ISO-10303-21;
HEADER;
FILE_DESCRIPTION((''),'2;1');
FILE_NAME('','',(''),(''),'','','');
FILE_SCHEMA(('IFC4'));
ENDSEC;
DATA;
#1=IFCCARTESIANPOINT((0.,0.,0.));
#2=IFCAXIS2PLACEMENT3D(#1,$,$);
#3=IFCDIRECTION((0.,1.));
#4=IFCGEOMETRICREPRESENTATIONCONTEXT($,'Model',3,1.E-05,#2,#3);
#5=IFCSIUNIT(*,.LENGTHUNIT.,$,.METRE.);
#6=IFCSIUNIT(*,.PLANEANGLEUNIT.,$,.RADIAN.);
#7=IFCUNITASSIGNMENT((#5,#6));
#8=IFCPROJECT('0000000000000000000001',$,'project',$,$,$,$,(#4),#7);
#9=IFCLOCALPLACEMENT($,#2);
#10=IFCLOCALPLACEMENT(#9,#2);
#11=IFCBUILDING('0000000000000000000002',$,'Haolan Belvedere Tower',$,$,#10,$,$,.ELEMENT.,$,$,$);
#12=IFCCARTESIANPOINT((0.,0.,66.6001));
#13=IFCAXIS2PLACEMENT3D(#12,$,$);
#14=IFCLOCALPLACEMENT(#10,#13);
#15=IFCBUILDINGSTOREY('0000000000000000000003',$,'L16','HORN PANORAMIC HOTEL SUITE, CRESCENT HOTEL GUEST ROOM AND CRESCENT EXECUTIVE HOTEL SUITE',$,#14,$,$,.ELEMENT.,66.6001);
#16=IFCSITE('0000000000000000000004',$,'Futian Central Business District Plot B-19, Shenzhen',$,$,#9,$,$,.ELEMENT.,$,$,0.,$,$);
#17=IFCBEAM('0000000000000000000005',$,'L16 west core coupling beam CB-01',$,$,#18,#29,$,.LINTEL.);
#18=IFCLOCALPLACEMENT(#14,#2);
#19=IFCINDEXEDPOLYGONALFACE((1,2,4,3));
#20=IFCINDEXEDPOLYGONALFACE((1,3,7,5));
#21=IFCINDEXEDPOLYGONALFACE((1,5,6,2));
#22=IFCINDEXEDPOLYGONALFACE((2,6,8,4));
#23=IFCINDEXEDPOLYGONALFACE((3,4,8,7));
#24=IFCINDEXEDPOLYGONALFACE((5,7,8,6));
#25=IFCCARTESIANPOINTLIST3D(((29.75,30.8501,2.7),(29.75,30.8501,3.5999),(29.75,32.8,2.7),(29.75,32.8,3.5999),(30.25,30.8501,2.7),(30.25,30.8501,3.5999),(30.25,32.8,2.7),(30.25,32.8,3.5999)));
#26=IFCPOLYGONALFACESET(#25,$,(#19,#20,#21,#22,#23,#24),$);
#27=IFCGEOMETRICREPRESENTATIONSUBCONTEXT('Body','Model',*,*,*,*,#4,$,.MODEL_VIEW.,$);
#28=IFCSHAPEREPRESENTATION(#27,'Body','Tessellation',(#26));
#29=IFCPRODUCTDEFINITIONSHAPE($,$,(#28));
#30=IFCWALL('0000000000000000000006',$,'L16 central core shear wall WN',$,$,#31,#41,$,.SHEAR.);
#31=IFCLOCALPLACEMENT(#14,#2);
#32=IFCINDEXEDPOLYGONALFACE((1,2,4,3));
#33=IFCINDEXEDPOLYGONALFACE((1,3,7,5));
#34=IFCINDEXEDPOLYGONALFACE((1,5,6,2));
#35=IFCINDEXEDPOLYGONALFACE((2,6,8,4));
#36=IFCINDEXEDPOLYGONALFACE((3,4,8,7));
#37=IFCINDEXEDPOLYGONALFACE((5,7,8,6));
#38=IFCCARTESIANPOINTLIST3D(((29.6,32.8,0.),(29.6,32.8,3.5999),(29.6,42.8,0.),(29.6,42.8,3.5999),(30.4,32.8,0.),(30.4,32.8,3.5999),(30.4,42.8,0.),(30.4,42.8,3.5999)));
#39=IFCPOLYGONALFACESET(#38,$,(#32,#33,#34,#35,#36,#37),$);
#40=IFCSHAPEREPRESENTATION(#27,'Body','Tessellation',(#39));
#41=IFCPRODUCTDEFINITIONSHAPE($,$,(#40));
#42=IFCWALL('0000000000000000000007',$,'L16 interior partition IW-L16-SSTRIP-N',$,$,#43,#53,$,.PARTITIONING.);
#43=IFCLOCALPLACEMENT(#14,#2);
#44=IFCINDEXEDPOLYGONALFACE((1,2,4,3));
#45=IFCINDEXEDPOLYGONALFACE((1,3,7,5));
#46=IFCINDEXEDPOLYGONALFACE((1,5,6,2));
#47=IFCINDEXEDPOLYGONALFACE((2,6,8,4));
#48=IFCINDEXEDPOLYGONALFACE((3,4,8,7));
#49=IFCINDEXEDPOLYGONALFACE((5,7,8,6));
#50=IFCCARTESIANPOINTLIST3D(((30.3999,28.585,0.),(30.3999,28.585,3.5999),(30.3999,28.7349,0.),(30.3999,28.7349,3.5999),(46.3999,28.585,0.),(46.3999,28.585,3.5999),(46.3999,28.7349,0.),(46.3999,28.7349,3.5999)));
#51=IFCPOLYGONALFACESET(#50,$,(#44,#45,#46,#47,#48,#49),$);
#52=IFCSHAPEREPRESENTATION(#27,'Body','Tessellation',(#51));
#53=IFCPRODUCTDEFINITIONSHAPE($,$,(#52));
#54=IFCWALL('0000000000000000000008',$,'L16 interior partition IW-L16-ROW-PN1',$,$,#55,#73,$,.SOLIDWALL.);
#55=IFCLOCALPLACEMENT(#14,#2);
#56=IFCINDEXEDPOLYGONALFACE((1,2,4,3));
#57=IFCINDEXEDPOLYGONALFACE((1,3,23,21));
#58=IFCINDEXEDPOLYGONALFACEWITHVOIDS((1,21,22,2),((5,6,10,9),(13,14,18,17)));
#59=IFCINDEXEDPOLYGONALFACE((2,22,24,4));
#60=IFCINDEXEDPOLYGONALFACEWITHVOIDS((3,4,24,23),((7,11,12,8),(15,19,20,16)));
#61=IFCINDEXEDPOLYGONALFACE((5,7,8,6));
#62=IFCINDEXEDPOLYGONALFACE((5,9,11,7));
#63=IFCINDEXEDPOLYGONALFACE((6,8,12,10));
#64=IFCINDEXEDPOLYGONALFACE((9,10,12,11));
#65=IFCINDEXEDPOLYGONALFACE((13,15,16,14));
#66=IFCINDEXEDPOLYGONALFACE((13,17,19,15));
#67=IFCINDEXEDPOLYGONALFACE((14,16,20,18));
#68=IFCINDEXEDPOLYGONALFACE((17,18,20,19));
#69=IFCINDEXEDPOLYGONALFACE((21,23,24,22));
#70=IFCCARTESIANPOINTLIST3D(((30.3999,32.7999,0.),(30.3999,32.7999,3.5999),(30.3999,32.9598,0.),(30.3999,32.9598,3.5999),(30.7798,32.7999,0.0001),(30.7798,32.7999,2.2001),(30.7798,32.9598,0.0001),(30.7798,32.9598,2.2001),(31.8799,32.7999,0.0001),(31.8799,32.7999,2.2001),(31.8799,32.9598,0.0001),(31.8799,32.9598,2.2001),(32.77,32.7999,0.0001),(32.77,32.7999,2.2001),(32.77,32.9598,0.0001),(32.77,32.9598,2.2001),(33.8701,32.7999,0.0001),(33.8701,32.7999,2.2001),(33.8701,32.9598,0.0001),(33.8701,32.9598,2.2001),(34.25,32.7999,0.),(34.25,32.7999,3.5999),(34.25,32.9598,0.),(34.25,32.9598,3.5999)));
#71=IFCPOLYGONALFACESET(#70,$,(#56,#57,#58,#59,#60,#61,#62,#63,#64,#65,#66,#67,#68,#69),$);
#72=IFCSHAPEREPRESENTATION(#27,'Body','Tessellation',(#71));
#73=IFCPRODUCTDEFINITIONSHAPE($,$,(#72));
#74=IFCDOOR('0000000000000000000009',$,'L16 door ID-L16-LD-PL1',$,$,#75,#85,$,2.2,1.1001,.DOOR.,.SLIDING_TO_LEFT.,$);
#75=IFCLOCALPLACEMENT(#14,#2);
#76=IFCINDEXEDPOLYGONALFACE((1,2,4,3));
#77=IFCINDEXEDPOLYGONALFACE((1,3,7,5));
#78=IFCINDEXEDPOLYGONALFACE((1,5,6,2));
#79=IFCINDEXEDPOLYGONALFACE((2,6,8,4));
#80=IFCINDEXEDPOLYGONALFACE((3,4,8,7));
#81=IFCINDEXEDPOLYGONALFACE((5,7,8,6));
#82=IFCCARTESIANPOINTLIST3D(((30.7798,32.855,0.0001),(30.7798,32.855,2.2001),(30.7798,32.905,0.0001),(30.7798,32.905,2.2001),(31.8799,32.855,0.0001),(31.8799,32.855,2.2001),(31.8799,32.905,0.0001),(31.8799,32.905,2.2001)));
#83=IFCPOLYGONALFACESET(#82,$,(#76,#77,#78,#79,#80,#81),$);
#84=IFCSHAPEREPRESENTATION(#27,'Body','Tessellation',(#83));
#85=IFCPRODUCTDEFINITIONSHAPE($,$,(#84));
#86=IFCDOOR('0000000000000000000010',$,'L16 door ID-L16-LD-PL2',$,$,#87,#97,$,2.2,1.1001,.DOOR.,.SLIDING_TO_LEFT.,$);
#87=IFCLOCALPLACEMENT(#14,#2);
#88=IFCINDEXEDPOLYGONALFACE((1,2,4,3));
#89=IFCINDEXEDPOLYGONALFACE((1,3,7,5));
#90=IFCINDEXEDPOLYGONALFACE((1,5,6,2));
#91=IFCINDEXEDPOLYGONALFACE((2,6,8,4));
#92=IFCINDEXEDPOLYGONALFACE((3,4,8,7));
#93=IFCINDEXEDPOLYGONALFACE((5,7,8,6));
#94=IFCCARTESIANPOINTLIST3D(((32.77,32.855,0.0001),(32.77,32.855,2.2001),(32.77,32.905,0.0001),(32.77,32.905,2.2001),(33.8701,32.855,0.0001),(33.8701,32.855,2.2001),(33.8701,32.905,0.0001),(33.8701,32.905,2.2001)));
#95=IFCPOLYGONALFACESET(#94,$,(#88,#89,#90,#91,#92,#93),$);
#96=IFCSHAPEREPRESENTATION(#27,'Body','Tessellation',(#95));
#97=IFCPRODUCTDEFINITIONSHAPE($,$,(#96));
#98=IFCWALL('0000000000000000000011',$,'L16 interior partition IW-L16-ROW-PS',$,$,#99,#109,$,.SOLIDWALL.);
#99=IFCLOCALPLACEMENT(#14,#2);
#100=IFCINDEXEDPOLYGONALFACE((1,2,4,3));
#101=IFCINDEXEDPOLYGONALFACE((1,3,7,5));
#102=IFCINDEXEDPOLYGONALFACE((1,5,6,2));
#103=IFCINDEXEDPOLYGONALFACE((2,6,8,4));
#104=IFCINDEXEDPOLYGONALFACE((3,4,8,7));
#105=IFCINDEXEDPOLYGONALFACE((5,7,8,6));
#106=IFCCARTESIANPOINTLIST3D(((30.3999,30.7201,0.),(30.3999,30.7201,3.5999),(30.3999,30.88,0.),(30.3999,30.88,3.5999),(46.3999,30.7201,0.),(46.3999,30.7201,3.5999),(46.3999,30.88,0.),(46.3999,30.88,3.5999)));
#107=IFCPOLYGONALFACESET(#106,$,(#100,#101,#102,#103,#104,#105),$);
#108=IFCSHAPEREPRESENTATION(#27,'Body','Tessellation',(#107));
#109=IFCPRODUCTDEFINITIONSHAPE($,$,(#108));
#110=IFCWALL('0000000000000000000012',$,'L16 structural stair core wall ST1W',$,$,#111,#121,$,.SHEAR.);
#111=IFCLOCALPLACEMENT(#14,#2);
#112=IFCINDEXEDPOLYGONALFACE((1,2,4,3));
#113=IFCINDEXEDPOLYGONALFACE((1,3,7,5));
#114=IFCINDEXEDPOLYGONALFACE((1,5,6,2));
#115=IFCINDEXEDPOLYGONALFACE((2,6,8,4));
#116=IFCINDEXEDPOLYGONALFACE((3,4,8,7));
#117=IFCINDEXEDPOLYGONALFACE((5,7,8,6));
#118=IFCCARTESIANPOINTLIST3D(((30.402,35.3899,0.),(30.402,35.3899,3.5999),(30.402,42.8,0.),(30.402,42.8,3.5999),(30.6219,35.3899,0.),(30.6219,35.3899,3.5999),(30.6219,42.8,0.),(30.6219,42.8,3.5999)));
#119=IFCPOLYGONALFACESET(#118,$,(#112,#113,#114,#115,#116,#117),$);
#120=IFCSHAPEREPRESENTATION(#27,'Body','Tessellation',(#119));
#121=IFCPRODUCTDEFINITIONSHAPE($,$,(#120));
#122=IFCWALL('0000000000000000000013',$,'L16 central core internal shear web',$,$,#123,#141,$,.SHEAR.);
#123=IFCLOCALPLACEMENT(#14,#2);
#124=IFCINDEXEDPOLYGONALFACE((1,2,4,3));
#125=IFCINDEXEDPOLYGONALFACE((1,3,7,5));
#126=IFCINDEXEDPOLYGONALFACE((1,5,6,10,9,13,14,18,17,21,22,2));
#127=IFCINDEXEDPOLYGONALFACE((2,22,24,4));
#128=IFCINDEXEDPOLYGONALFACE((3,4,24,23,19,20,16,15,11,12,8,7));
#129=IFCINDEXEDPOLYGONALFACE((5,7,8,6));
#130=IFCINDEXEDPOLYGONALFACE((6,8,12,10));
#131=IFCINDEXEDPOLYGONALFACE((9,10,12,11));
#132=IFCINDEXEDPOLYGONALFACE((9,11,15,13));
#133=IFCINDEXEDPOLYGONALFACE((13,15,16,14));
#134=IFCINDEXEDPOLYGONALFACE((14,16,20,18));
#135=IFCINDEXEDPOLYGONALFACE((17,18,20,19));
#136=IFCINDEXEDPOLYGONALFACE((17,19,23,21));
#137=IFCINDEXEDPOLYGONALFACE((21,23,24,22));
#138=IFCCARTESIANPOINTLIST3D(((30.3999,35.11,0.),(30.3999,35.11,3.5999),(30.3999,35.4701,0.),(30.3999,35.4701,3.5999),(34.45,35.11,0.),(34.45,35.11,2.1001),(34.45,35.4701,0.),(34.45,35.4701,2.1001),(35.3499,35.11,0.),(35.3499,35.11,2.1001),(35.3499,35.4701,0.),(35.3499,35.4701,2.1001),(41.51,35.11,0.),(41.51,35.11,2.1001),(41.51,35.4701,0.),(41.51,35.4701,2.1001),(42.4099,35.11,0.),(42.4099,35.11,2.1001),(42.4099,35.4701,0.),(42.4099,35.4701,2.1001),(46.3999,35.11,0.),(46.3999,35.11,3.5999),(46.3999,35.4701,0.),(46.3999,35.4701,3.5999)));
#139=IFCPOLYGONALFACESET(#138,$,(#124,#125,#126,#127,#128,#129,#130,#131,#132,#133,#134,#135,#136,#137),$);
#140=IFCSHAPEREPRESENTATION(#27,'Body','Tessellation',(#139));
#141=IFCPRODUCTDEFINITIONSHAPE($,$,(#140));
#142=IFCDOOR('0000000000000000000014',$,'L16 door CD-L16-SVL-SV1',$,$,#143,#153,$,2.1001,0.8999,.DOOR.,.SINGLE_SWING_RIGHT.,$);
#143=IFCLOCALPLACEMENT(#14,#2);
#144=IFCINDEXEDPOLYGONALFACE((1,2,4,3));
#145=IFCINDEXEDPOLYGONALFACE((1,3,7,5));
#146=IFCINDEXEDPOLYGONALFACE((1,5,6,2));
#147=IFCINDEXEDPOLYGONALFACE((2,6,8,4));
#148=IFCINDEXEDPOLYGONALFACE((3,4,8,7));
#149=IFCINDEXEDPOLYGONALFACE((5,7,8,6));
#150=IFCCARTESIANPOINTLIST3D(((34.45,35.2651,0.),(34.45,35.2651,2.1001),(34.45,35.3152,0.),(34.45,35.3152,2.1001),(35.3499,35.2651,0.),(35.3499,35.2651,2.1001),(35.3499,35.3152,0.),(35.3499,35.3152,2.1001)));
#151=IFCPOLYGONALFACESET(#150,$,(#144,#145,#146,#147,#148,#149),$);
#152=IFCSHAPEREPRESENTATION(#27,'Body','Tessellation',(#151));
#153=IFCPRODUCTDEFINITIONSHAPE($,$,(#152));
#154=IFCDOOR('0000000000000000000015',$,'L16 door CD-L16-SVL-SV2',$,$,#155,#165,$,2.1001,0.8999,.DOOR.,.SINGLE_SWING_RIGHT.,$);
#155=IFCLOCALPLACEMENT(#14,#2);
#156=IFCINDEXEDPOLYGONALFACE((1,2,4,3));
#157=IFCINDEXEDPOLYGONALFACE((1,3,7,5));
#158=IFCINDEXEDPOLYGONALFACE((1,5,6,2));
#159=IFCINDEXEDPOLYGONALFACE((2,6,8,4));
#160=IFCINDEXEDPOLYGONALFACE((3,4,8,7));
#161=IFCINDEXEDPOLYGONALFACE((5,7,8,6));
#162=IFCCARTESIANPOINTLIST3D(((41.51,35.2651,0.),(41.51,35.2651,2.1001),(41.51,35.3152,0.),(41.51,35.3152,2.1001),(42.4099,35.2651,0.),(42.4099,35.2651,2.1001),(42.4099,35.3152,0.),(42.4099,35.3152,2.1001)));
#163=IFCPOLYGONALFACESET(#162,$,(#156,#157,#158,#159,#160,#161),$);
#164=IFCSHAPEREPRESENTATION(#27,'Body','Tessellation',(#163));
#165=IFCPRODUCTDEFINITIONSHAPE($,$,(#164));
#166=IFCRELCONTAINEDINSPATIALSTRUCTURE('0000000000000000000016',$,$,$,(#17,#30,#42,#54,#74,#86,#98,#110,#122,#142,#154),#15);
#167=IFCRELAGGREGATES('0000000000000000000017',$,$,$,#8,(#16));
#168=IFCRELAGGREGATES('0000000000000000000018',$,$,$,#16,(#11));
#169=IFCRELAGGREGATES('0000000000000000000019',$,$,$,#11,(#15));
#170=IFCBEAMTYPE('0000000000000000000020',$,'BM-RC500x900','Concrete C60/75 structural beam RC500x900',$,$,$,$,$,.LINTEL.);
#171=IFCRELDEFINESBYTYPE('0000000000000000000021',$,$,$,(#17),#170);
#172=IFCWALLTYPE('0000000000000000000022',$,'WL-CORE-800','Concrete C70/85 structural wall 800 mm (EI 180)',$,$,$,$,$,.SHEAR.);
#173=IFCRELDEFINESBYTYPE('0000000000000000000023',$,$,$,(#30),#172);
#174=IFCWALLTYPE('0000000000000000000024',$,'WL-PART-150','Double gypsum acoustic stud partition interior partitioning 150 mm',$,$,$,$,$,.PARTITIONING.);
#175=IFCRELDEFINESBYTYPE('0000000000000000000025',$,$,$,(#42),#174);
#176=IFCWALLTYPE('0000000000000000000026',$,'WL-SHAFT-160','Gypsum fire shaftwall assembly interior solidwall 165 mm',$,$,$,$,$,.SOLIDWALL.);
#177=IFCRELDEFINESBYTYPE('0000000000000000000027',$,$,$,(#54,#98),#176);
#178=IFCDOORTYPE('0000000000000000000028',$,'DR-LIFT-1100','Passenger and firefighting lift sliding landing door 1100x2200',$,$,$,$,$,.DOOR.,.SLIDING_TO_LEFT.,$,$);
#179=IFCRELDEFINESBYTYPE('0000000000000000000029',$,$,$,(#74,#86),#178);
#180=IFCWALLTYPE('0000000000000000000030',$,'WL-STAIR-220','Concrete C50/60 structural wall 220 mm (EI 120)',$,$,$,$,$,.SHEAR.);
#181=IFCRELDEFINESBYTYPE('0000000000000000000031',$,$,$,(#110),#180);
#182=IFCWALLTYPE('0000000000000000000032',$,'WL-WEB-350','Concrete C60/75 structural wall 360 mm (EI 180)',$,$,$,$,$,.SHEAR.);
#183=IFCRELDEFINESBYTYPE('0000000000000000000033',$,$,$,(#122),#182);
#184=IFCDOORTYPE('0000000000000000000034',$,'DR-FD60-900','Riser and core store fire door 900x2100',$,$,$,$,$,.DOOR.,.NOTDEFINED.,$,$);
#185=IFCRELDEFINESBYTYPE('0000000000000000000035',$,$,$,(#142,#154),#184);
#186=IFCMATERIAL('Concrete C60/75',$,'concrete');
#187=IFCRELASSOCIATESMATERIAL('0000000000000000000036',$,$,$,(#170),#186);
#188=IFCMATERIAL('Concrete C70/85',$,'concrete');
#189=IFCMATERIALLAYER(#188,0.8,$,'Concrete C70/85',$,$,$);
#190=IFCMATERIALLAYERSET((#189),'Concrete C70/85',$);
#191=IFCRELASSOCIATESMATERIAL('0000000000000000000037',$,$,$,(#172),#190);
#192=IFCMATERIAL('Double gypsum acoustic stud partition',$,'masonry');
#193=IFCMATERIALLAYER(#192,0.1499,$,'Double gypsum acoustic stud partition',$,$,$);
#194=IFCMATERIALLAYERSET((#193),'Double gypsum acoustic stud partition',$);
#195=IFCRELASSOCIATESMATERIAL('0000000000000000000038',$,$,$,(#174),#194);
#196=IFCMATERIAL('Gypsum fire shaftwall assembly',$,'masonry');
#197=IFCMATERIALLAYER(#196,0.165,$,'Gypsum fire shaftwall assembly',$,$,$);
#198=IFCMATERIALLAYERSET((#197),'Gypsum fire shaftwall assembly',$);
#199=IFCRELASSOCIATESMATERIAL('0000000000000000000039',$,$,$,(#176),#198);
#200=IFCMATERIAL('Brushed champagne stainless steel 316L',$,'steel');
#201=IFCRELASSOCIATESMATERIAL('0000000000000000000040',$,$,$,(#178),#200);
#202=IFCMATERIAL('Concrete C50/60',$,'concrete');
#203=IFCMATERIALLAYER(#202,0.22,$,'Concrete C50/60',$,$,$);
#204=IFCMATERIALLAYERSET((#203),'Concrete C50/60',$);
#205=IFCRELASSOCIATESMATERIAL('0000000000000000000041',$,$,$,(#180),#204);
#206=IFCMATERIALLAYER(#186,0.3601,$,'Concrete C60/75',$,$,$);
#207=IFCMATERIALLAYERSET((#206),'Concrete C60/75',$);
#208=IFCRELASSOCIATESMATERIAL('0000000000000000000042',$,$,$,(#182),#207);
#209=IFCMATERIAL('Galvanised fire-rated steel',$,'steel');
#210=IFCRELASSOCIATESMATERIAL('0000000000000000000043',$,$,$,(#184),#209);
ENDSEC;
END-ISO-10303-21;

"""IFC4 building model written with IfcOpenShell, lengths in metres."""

from ifc_helpers import new_model, si_unit, direction, frame, frame_2d, origin, origin_2d, place, context, subcontext, project, spatial, rectangle, extrude, material, layer, layer_set, material_profile, profile_set, type_object, element, fill, save


model = new_model("IFC4")

# Units and contexts
model_context = context("Model", 3, precision=1e-05, world=origin(), true_north=direction((0.0, 1.0)))
body_context = subcontext(model_context, "Body", "Model", "MODEL_VIEW")
ifc_project = project(units=[si_unit("LENGTHUNIT", "METRE"), si_unit("PLANEANGLEUNIT", "RADIAN")], contexts=[model_context])

# Site, building, storey
site_placement = place(None, origin())
site = spatial("IfcSite", under=ifc_project, at=site_placement, Name="Futian Central Business District Plot B-19, Shenzhen", CompositionType="ELEMENT", RefElevation=0.0)
building_placement = place(site_placement, origin())
building = spatial("IfcBuilding", under=site, at=building_placement, Name="Haolan Belvedere Tower", CompositionType="ELEMENT")
storey_placement = place(building_placement, frame((0.0, 0.0, 66.6001)))
storey = spatial("IfcBuildingStorey", under=building, at=storey_placement, Name="L16", Description="HORN PANORAMIC HOTEL SUITE, CRESCENT HOTEL GUEST ROOM AND CRESCENT EXECUTIVE HOTEL SUITE", CompositionType="ELEMENT", Elevation=66.6001)

# Beam
ifc_material_1 = material(Name="Concrete C60/75", Category="concrete")
ifc_material_profile = material_profile(ifc_material_1, rectangle(XDim=0.5, YDim=0.8999, at=origin_2d()), Name="Concrete C60/75")
ifc_profile_set = profile_set([ifc_material_profile], Name="Concrete C60/75")
beam_type = type_object("IfcBeamType", Name="BM-RC500x900", Description="Concrete C60/75 structural beam RC500x900", PredefinedType="LINTEL", material=ifc_profile_set)
beam_placement = place(storey_placement, frame((30.0, 30.8501, 3.1499), z_axis=(0.0, 1.0, 0.0), x_axis=(-1.0, 0.0, 0.0)))
element("IfcBeam", 1, at=beam_placement, inside=storey, type_object=beam_type, Name="L16 west core coupling beam CB-01", PredefinedType="LINTEL", context=body_context, shape_type="SweptSolid", body=[
    extrude(rectangle(XDim=0.5, YDim=0.8999, at=origin_2d()), origin(), (0.0, 0.0, 1.0), 1.95),
])

# Walls
ifc_material_2 = material(Name="Concrete C70/85", Category="concrete")
ifc_layer_1 = layer(ifc_material_2, 0.8, Name="Concrete C70/85")
ifc_layer_set_1 = layer_set([ifc_layer_1], Name="Concrete C70/85")
wall_type_1 = type_object("IfcWallType", Name="WL-CORE-800", Description="Concrete C70/85 structural wall 800 mm (EI 180)", PredefinedType="SHEAR", material=ifc_layer_set_1)
wall_1_placement = place(storey_placement, frame((30.0, 32.8, 0.0), z_axis=(0.0, 0.0, 1.0), x_axis=(0.0, 1.0, 0.0)))
element("IfcWall", 2, at=wall_1_placement, inside=storey, type_object=wall_type_1, Name="L16 central core shear wall WN", PredefinedType="SHEAR", context=body_context, shape_type="SweptSolid", body=[
    extrude(rectangle(XDim=10.0, YDim=0.8, at=frame_2d((5.0, 0.0))), origin(), (0.0, 0.0, 1.0), 3.5999),
])
ifc_material_3 = material(Name="Double gypsum acoustic stud partition", Category="masonry")
ifc_layer_2 = layer(ifc_material_3, 0.1499, Name="Double gypsum acoustic stud partition")
ifc_layer_set_2 = layer_set([ifc_layer_2], Name="Double gypsum acoustic stud partition")
wall_type_2 = type_object("IfcWallType", Name="WL-PART-150", Description="Double gypsum acoustic stud partition interior partitioning 150 mm", PredefinedType="PARTITIONING", material=ifc_layer_set_2)
wall_2_placement = place(storey_placement, frame((30.3999, 28.6599, 0.0), z_axis=(0.0, 0.0, 1.0), x_axis=(1.0, 0.0, 0.0)))
element("IfcWall", 3, at=wall_2_placement, inside=storey, type_object=wall_type_2, Name="L16 interior partition IW-L16-SSTRIP-N", PredefinedType="PARTITIONING", context=body_context, shape_type="SweptSolid", body=[
    extrude(rectangle(XDim=16.0, YDim=0.1499, at=frame_2d((8.0, 0.0))), origin(), (0.0, 0.0, 1.0), 3.5999),
])

# Wall, openings, doors
ifc_material_4 = material(Name="Gypsum fire shaftwall assembly", Category="masonry")
ifc_layer_3 = layer(ifc_material_4, 0.165, Name="Gypsum fire shaftwall assembly")
ifc_layer_set_3 = layer_set([ifc_layer_3], Name="Gypsum fire shaftwall assembly")
wall_type_3 = type_object("IfcWallType", Name="WL-SHAFT-160", Description="Gypsum fire shaftwall assembly interior solidwall 165 mm", PredefinedType="SOLIDWALL", material=ifc_layer_set_3)
wall_3_placement = place(storey_placement, frame((30.3999, 32.8799, 0.0), z_axis=(0.0, 0.0, 1.0), x_axis=(1.0, 0.0, 0.0)))
wall_3 = element("IfcWall", 4, at=wall_3_placement, inside=storey, type_object=wall_type_3, Name="L16 interior partition IW-L16-ROW-PN1", PredefinedType="SOLIDWALL", context=body_context, shape_type="SweptSolid", body=[
    extrude(rectangle(XDim=3.8501, YDim=0.1599, at=frame_2d((1.925, 0.0))), origin(), (0.0, 0.0, 1.0), 3.5999),
])
opening_1_placement = place(wall_3_placement, frame((1.48, 0.0, 0.0), z_axis=(0.0, 0.0, 1.0), x_axis=(-1.0, 0.0, 0.0)))
opening_1 = element("IfcOpeningElement", 5, at=opening_1_placement, cuts=wall_3, PredefinedType="OPENING", context=body_context, shape_type="SweptSolid", body=[
    extrude(rectangle(XDim=1.1001, YDim=2.2, at=frame_2d((0.55, 1.1001))), frame((0.0, 0.0898, 0.0), z_axis=(0.0, -1.0, 0.0), x_axis=(1.0, 0.0, 0.0)), (0.0, 0.0, 1.0), 0.1799),
])
opening_2_placement = place(wall_3_placement, frame((3.4702, 0.0, 0.0), z_axis=(0.0, 0.0, 1.0), x_axis=(-1.0, 0.0, 0.0)))
opening_2 = element("IfcOpeningElement", 6, at=opening_2_placement, cuts=wall_3, PredefinedType="OPENING", context=body_context, shape_type="SweptSolid", body=[
    extrude(rectangle(XDim=1.1001, YDim=2.2, at=frame_2d((0.55, 1.1001))), frame((0.0, 0.0898, 0.0), z_axis=(0.0, -1.0, 0.0), x_axis=(1.0, 0.0, 0.0)), (0.0, 0.0, 1.0), 0.1799),
])
ifc_material_5 = material(Name="Brushed champagne stainless steel 316L", Category="steel")
door_type_1 = type_object("IfcDoorType", Name="DR-LIFT-1100", Description="Passenger and firefighting lift sliding landing door 1100x2200", OperationType="SLIDING_TO_LEFT", PredefinedType="DOOR", material=ifc_material_5)
door_1_placement = place(opening_1_placement, origin())
door_1 = element("IfcDoor", 7, at=door_1_placement, inside=storey, type_object=door_type_1, Name="L16 door ID-L16-LD-PL1", OperationType="SLIDING_TO_LEFT", OverallHeight=2.2, OverallWidth=1.1001, PredefinedType="DOOR", context=body_context, shape_type="SweptSolid", body=[
    extrude(rectangle(XDim=1.1001, YDim=2.2, at=frame_2d((0.55, 1.1001))), frame((0.0, 0.0249, 0.0), z_axis=(0.0, -1.0, 0.0), x_axis=(1.0, 0.0, 0.0)), (0.0, 0.0, 1.0), 0.05),
])
fill(opening_1, door_1)
door_2_placement = place(opening_2_placement, origin())
door_2 = element("IfcDoor", 8, at=door_2_placement, inside=storey, type_object=door_type_1, Name="L16 door ID-L16-LD-PL2", OperationType="SLIDING_TO_LEFT", OverallHeight=2.2, OverallWidth=1.1001, PredefinedType="DOOR", context=body_context, shape_type="SweptSolid", body=[
    extrude(rectangle(XDim=1.1001, YDim=2.2, at=frame_2d((0.55, 1.1001))), frame((0.0, 0.0249, 0.0), z_axis=(0.0, -1.0, 0.0), x_axis=(1.0, 0.0, 0.0)), (0.0, 0.0, 1.0), 0.05),
])
fill(opening_2, door_2)

# Walls
wall_4_placement = place(storey_placement, frame((30.3999, 30.8, 0.0), z_axis=(0.0, 0.0, 1.0), x_axis=(1.0, 0.0, 0.0)))
element("IfcWall", 9, at=wall_4_placement, inside=storey, type_object=wall_type_3, Name="L16 interior partition IW-L16-ROW-PS", PredefinedType="SOLIDWALL", context=body_context, shape_type="SweptSolid", body=[
    extrude(rectangle(XDim=16.0, YDim=0.1599, at=frame_2d((8.0, 0.0))), origin(), (0.0, 0.0, 1.0), 3.5999),
])
ifc_material_6 = material(Name="Concrete C50/60", Category="concrete")
ifc_layer_4 = layer(ifc_material_6, 0.22, Name="Concrete C50/60")
ifc_layer_set_4 = layer_set([ifc_layer_4], Name="Concrete C50/60")
wall_type_4 = type_object("IfcWallType", Name="WL-STAIR-220", Description="Concrete C50/60 structural wall 220 mm (EI 120)", PredefinedType="SHEAR", material=ifc_layer_set_4)
wall_5_placement = place(storey_placement, frame((30.512, 35.3899, 0.0), z_axis=(0.0, 0.0, 1.0), x_axis=(0.0, 1.0, 0.0)))
element("IfcWall", 10, at=wall_5_placement, inside=storey, type_object=wall_type_4, Name="L16 structural stair core wall ST1W", PredefinedType="SHEAR", context=body_context, shape_type="SweptSolid", body=[
    extrude(rectangle(XDim=7.4102, YDim=0.22, at=frame_2d((3.7051, 0.0))), origin(), (0.0, 0.0, 1.0), 3.5999),
])

# Wall, openings, doors
ifc_layer_5 = layer(ifc_material_1, 0.3601, Name="Concrete C60/75")
ifc_layer_set_5 = layer_set([ifc_layer_5], Name="Concrete C60/75")
wall_type_5 = type_object("IfcWallType", Name="WL-WEB-350", Description="Concrete C60/75 structural wall 360 mm (EI 180)", PredefinedType="SHEAR", material=ifc_layer_set_5)
wall_6_placement = place(storey_placement, frame((30.3999, 35.29, 0.0), z_axis=(0.0, 0.0, 1.0), x_axis=(1.0, 0.0, 0.0)))
wall_6 = element("IfcWall", 11, at=wall_6_placement, inside=storey, type_object=wall_type_5, Name="L16 central core internal shear web", PredefinedType="SHEAR", context=body_context, shape_type="SweptSolid", body=[
    extrude(rectangle(XDim=16.0, YDim=0.3601, at=frame_2d((8.0, 0.0))), origin(), (0.0, 0.0, 1.0), 3.5999),
])
opening_3_placement = place(wall_6_placement, frame((4.95, 0.0, 0.0), z_axis=(0.0, 0.0, 1.0), x_axis=(-1.0, 0.0, 0.0)))
opening_3 = element("IfcOpeningElement", 12, at=opening_3_placement, cuts=wall_6, PredefinedType="OPENING", context=body_context, shape_type="SweptSolid", body=[
    extrude(rectangle(XDim=0.8999, YDim=2.1001, at=frame_2d((0.45, 1.05))), frame((0.0, 0.1899, 0.0), z_axis=(0.0, -1.0, 0.0), x_axis=(1.0, 0.0, 0.0)), (0.0, 0.0, 1.0), 0.3801),
])
opening_4_placement = place(wall_6_placement, frame((12.01, 0.0, 0.0), z_axis=(0.0, 0.0, 1.0), x_axis=(-1.0, 0.0, 0.0)))
opening_4 = element("IfcOpeningElement", 13, at=opening_4_placement, cuts=wall_6, PredefinedType="OPENING", context=body_context, shape_type="SweptSolid", body=[
    extrude(rectangle(XDim=0.8999, YDim=2.1001, at=frame_2d((0.45, 1.05))), frame((0.0, 0.1899, 0.0), z_axis=(0.0, -1.0, 0.0), x_axis=(1.0, 0.0, 0.0)), (0.0, 0.0, 1.0), 0.3801),
])
ifc_material_7 = material(Name="Galvanised fire-rated steel", Category="steel")
door_type_2 = type_object("IfcDoorType", Name="DR-FD60-900", Description="Riser and core store fire door 900x2100", OperationType="NOTDEFINED", PredefinedType="DOOR", material=ifc_material_7)
door_3_placement = place(opening_3_placement, origin())
door_3 = element("IfcDoor", 14, at=door_3_placement, inside=storey, type_object=door_type_2, Name="L16 door CD-L16-SVL-SV1", OperationType="SINGLE_SWING_RIGHT", OverallHeight=2.1001, OverallWidth=0.8999, PredefinedType="DOOR", context=body_context, shape_type="SweptSolid", body=[
    extrude(rectangle(XDim=0.8999, YDim=2.1001, at=frame_2d((0.45, 1.05))), frame((0.0, 0.0249, 0.0), z_axis=(0.0, -1.0, 0.0), x_axis=(1.0, 0.0, 0.0)), (0.0, 0.0, 1.0), 0.05),
])
fill(opening_3, door_3)
door_4_placement = place(opening_4_placement, origin())
door_4 = element("IfcDoor", 15, at=door_4_placement, inside=storey, type_object=door_type_2, Name="L16 door CD-L16-SVL-SV2", OperationType="SINGLE_SWING_RIGHT", OverallHeight=2.1001, OverallWidth=0.8999, PredefinedType="DOOR", context=body_context, shape_type="SweptSolid", body=[
    extrude(rectangle(XDim=0.8999, YDim=2.1001, at=frame_2d((0.45, 1.05))), frame((0.0, 0.0249, 0.0), z_axis=(0.0, -1.0, 0.0), x_axis=(1.0, 0.0, 0.0)), (0.0, 0.0, 1.0), 0.05),
])
fill(opening_4, door_4)

save(model, "model.ifc")
